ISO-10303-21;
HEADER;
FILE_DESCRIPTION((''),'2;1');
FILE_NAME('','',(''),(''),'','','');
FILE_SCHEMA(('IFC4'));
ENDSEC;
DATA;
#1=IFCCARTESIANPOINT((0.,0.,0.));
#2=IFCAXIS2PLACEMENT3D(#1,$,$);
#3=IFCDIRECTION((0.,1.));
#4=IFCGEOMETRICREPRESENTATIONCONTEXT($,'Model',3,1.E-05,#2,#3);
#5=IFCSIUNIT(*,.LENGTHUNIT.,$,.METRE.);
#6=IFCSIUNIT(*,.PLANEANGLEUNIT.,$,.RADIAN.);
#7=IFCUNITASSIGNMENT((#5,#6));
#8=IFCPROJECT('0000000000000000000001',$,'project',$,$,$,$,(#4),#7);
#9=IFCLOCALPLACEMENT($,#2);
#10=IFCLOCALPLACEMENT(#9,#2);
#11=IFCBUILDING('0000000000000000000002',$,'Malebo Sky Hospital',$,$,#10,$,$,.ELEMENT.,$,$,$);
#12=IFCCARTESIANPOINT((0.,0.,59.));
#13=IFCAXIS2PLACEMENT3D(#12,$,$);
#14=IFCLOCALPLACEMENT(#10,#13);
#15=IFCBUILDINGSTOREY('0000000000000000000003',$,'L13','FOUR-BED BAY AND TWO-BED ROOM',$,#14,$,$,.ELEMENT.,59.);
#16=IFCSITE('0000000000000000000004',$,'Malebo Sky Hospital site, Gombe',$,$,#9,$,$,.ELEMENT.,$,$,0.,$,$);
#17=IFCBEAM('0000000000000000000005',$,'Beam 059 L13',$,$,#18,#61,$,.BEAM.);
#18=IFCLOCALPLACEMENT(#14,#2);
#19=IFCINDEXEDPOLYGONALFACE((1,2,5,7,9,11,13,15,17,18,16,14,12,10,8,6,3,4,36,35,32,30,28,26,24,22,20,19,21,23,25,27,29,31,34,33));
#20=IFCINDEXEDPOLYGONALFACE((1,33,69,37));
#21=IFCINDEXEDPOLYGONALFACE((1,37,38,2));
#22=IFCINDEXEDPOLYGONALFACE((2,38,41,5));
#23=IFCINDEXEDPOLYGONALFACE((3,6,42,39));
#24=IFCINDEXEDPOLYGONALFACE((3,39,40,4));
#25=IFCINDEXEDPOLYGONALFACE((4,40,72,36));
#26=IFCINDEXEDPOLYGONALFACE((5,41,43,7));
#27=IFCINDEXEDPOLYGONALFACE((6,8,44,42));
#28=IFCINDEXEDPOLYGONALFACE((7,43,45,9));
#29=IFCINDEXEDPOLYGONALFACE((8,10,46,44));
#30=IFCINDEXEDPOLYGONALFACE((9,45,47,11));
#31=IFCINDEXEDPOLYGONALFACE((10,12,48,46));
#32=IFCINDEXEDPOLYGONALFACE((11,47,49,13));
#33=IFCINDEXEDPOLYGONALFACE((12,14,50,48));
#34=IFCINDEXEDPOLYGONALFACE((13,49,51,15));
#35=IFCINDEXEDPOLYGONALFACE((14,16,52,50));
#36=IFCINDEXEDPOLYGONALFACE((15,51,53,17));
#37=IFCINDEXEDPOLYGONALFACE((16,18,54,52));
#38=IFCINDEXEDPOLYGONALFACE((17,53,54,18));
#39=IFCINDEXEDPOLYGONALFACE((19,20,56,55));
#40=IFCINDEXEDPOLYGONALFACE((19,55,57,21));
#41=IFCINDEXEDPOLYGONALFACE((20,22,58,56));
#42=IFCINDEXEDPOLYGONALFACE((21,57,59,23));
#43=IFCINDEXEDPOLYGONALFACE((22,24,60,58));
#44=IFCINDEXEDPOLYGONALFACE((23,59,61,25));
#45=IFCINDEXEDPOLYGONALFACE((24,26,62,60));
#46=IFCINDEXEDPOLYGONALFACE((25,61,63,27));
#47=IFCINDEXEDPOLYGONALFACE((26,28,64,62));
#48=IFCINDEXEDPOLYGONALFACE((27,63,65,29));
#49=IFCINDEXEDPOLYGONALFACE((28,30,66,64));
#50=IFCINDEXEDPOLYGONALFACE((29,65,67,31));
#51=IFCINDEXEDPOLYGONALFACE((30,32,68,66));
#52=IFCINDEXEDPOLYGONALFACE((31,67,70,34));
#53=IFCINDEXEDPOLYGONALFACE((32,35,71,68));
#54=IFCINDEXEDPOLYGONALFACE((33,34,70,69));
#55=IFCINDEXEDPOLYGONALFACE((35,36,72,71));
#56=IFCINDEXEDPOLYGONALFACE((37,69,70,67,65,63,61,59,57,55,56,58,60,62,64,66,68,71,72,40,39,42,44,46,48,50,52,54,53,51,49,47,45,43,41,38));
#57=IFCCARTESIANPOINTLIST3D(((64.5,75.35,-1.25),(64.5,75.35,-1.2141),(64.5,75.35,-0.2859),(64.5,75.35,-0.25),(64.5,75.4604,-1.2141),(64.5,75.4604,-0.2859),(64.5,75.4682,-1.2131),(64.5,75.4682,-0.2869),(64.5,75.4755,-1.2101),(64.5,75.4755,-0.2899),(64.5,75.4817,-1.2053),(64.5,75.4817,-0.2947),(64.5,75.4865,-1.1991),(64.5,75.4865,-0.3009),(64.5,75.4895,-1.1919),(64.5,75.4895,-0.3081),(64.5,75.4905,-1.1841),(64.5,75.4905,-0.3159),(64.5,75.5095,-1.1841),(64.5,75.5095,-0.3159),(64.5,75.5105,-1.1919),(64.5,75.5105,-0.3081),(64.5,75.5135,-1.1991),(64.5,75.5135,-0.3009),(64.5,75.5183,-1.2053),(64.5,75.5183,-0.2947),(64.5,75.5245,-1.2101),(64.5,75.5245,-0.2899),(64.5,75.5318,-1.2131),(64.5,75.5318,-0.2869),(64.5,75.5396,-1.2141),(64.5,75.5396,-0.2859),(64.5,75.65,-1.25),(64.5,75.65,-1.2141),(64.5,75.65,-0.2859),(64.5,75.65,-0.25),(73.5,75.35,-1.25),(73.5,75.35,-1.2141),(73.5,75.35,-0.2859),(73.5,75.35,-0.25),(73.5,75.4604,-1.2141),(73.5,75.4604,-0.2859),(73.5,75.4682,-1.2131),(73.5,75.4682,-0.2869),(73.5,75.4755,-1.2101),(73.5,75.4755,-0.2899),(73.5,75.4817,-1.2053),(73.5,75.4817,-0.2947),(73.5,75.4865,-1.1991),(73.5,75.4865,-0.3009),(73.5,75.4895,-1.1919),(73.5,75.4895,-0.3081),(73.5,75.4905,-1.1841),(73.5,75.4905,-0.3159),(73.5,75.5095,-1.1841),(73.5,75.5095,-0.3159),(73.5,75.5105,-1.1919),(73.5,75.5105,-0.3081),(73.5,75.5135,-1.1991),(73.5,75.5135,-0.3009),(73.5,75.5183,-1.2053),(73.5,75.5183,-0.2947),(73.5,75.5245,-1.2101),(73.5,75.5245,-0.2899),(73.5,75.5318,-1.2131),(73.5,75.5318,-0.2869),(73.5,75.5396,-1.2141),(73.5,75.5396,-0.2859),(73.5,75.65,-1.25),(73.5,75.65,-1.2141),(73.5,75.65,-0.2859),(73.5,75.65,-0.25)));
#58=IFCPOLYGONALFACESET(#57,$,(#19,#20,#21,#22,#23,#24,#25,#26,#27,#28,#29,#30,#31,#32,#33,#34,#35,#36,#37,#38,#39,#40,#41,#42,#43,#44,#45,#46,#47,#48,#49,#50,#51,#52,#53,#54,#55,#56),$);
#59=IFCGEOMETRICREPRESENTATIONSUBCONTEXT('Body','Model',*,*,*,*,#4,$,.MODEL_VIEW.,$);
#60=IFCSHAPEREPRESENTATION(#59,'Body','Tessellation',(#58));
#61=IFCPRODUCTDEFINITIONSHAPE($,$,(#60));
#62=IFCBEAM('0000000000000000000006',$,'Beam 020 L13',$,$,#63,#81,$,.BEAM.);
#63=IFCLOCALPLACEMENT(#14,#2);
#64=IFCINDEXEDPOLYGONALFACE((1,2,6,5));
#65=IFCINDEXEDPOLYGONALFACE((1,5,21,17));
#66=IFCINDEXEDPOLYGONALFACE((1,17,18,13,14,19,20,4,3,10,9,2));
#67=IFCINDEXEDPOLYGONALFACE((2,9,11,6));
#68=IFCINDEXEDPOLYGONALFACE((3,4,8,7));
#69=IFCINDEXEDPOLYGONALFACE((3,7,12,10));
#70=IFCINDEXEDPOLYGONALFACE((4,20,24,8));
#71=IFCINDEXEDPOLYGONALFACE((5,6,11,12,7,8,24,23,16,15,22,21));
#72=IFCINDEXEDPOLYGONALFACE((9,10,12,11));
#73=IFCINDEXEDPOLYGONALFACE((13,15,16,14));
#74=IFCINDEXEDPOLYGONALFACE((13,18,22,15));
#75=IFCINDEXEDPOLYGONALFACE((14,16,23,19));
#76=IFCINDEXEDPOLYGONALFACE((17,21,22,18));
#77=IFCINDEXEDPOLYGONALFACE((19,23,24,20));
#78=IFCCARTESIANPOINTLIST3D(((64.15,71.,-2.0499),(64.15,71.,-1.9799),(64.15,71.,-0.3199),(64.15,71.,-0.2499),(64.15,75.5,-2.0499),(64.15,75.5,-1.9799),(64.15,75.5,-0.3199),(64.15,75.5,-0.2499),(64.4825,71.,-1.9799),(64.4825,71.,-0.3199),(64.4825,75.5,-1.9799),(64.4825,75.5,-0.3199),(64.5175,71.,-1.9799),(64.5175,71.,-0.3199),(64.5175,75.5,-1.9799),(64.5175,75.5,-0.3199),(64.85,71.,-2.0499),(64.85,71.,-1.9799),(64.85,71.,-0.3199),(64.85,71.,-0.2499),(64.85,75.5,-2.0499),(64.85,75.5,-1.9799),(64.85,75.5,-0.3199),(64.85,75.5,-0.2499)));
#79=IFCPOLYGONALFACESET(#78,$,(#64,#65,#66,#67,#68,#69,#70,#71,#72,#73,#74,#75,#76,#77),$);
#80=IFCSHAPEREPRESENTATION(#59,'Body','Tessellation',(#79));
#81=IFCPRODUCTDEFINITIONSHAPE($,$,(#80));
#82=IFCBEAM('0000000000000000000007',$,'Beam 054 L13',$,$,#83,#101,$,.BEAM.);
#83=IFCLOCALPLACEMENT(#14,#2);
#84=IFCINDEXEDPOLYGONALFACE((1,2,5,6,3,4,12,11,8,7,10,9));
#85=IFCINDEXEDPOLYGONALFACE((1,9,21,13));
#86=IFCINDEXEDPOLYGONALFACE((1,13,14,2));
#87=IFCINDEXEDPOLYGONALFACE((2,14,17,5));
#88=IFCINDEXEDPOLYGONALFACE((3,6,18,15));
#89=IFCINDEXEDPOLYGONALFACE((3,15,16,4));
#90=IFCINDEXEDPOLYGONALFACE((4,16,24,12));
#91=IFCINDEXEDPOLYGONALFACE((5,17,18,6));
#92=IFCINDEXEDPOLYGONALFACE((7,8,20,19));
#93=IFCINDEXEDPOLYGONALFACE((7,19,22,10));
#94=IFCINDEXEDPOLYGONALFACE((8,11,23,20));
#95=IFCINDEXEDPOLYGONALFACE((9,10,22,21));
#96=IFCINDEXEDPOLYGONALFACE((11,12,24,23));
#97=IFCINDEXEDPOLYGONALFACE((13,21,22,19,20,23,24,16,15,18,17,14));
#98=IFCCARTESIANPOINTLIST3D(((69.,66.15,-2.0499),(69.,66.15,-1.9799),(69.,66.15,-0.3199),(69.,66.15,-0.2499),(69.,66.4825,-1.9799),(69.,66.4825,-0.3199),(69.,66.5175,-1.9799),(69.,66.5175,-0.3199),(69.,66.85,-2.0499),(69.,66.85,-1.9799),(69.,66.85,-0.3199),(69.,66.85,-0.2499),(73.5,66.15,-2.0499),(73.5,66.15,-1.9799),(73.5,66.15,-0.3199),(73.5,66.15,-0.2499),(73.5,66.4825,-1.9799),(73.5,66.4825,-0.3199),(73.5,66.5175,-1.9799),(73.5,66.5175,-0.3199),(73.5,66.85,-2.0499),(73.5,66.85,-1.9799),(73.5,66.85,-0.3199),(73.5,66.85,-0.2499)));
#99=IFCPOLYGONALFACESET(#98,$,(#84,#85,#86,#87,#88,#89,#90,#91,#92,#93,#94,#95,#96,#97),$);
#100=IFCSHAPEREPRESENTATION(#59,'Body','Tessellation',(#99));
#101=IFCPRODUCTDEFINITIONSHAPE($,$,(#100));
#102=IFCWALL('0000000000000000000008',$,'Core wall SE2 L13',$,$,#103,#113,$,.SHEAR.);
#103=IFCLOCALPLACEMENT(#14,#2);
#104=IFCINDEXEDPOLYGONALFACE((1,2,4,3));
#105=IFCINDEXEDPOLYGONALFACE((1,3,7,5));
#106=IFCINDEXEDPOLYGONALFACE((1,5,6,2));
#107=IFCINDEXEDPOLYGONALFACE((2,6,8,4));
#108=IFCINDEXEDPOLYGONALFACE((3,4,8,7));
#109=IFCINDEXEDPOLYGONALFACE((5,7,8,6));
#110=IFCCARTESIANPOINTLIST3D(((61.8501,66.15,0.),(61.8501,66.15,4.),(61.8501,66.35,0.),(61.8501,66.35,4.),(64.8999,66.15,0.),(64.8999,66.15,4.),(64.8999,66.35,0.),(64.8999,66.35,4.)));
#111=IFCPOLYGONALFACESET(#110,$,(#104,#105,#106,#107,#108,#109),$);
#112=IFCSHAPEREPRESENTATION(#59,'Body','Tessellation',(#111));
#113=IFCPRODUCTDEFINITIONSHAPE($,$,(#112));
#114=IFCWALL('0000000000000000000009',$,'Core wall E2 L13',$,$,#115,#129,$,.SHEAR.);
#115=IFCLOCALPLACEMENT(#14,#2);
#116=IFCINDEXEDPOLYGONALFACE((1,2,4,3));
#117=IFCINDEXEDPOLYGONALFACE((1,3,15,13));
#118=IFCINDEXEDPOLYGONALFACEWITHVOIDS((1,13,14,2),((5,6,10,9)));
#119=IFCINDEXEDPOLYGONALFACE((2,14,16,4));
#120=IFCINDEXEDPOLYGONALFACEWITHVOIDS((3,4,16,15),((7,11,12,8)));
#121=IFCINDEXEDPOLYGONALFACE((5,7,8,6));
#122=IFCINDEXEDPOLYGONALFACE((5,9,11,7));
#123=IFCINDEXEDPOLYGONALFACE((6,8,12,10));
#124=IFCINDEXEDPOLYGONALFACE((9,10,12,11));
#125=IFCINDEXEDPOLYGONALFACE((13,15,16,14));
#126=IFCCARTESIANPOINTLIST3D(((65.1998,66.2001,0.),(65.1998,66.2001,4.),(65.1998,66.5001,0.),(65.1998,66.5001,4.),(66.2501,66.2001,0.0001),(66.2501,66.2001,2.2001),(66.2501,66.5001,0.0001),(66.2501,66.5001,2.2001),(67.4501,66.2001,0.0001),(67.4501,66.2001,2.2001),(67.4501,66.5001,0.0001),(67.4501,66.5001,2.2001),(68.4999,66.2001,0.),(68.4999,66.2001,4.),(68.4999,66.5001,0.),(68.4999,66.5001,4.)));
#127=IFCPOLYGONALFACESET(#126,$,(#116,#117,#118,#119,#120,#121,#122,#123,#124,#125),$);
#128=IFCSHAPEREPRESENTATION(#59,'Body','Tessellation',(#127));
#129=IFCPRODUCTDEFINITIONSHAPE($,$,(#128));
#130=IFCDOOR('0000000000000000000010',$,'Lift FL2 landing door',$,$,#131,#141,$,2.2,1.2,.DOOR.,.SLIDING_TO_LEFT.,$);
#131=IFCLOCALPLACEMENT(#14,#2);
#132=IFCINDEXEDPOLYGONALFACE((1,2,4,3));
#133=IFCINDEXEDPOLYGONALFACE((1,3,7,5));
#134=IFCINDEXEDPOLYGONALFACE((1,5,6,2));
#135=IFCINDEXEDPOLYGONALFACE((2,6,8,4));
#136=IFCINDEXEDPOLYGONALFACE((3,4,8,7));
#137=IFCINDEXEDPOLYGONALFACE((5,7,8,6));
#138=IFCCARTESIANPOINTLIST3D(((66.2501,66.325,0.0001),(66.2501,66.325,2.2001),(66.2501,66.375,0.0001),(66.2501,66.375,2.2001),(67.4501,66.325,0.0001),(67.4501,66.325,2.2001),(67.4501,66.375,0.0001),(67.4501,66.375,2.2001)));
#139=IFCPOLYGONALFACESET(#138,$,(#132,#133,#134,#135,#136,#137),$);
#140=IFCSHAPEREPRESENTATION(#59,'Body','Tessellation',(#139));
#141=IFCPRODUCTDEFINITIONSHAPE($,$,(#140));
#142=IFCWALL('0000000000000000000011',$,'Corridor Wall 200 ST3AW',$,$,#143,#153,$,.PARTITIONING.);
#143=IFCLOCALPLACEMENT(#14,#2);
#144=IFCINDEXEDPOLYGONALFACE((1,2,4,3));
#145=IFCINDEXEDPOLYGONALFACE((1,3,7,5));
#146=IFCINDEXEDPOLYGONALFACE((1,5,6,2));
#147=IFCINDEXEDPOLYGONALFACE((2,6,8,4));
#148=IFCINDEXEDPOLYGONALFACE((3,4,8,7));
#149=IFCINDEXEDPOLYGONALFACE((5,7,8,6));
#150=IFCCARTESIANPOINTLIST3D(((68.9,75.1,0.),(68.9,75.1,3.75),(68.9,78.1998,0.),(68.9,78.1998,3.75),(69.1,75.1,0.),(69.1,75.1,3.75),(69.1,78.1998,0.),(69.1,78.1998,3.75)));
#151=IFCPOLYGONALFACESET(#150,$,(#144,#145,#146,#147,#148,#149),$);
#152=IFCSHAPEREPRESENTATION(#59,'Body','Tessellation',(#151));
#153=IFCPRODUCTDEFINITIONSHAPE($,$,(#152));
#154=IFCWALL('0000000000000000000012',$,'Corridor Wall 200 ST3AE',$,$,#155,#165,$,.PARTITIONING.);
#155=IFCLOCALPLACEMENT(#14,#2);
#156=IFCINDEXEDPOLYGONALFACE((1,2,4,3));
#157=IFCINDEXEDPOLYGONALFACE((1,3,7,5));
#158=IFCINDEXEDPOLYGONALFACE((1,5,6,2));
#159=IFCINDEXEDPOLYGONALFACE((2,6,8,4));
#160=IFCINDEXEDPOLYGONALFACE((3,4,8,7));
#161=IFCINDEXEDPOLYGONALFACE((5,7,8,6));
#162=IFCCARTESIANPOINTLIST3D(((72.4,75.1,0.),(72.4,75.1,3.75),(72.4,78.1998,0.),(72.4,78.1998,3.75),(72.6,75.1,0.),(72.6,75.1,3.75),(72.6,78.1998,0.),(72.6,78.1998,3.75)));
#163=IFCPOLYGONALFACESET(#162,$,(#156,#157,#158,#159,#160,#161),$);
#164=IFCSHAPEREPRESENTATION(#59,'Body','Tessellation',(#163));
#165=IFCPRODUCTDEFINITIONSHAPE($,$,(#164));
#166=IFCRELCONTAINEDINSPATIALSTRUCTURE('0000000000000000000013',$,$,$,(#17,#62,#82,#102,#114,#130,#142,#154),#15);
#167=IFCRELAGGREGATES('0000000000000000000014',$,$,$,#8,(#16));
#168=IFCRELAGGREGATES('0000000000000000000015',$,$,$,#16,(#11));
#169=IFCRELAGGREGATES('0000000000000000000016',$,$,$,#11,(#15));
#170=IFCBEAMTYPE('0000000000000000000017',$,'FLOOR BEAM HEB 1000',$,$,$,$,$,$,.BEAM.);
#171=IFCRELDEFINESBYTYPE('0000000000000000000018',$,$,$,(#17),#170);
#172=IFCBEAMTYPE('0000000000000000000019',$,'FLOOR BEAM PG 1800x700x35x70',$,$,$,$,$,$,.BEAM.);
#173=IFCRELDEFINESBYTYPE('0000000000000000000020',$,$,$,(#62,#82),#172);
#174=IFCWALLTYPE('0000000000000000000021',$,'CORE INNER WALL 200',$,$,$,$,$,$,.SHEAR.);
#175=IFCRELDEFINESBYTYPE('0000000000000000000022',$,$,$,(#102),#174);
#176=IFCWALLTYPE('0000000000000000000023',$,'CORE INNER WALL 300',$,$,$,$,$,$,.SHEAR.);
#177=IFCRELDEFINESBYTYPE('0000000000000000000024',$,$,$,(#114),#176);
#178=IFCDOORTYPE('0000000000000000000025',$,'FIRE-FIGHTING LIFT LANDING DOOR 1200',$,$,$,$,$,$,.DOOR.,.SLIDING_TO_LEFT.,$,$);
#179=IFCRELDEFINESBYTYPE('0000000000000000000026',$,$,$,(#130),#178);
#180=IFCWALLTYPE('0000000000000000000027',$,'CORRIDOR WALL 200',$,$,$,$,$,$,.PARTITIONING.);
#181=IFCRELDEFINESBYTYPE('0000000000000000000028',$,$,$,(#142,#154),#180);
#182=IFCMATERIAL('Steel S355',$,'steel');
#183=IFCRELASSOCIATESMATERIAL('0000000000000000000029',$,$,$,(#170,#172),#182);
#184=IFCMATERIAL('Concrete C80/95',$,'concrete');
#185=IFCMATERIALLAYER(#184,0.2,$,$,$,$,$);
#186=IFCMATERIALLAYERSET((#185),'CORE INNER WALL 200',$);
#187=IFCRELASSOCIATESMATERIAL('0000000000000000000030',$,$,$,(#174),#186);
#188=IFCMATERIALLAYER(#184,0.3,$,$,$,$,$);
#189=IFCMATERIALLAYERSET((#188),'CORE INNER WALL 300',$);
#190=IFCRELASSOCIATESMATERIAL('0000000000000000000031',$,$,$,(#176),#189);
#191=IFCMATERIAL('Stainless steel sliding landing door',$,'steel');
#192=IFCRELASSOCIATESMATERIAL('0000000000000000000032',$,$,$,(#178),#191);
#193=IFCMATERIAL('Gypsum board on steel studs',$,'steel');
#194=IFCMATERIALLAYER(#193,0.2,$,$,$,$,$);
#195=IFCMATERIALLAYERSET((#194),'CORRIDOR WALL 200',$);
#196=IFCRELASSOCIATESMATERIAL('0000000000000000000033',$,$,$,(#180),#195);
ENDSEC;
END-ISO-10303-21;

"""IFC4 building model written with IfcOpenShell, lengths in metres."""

from ifc_helpers import new_model, si_unit, direction, frame, frame_2d, origin, origin_2d, place, context, subcontext, project, spatial, rectangle, i_section, extrude, material, layer, layer_set, material_profile, profile_set, type_object, element, fill, save


model = new_model("IFC4")

# Units and contexts
model_context = context("Model", 3, precision=1e-05, world=origin(), true_north=direction((0.0, 1.0)))
body_context = subcontext(model_context, "Body", "Model", "MODEL_VIEW")
ifc_project = project(units=[si_unit("LENGTHUNIT", "METRE"), si_unit("PLANEANGLEUNIT", "RADIAN")], contexts=[model_context])

# Site, building, storey
site_placement = place(None, origin())
site = spatial("IfcSite", under=ifc_project, at=site_placement, Name="Malebo Sky Hospital site, Gombe", CompositionType="ELEMENT", RefElevation=0.0)
building_placement = place(site_placement, origin())
building = spatial("IfcBuilding", under=site, at=building_placement, Name="Malebo Sky Hospital", CompositionType="ELEMENT")
storey_placement = place(building_placement, frame((0.0, 0.0, 59.0)))
storey = spatial("IfcBuildingStorey", under=building, at=storey_placement, Name="L13", Description="FOUR-BED BAY AND TWO-BED ROOM", CompositionType="ELEMENT", Elevation=59.0)

# Beams
ifc_material_1 = material(Name="Steel S355", Category="steel")
ifc_material_profile_1 = material_profile(ifc_material_1, i_section(OverallWidth=0.3, OverallDepth=1.0, WebThickness=0.019, FlangeThickness=0.0359, FilletRadius=0.03, at=origin_2d()), Name="HEB 1000")
ifc_profile_set_1 = profile_set([ifc_material_profile_1], Name="Steel S355")
beam_type_1 = type_object("IfcBeamType", Name="FLOOR BEAM HEB 1000", PredefinedType="BEAM", material=ifc_profile_set_1)
beam_1_placement = place(storey_placement, frame((64.5, 75.5, -0.75), z_axis=(1.0, 0.0, 0.0), x_axis=(0.0, 1.0, 0.0)))
element("IfcBeam", 1, at=beam_1_placement, inside=storey, type_object=beam_type_1, Name="Beam 059 L13", PredefinedType="BEAM", context=body_context, shape_type="SweptSolid", body=[
    extrude(i_section(OverallWidth=0.3, OverallDepth=1.0, WebThickness=0.019, FlangeThickness=0.0359, FilletRadius=0.03, at=origin_2d()), origin(), (0.0, 0.0, 1.0), 9.0),
])
ifc_material_profile_2 = material_profile(ifc_material_1, i_section(OverallWidth=0.7, OverallDepth=1.8, WebThickness=0.0349, FlangeThickness=0.0701, at=origin_2d()), Name="PG 1800x700x35x70")
ifc_profile_set_2 = profile_set([ifc_material_profile_2], Name="Steel S355")
beam_type_2 = type_object("IfcBeamType", Name="FLOOR BEAM PG 1800x700x35x70", PredefinedType="BEAM", material=ifc_profile_set_2)
for number, where, z_axis, x_axis, name in (
    (2, (64.5, 71.0, -1.1499), (0.0, 1.0, 0.0), (-1.0, 0.0, 0.0), "Beam 020 L13"),
    (3, (69.0, 66.5, -1.1499), (1.0, 0.0, 0.0), (0.0, 1.0, 0.0), "Beam 054 L13"),
):
    element("IfcBeam", number, at=place(storey_placement, frame(where, z_axis=z_axis, x_axis=x_axis)), inside=storey, type_object=beam_type_2, Name=name, PredefinedType="BEAM", context=body_context, shape_type="SweptSolid", body=[
        extrude(i_section(OverallWidth=0.7, OverallDepth=1.8, WebThickness=0.0349, FlangeThickness=0.0701, at=origin_2d()), origin(), (0.0, 0.0, 1.0), 4.5),
    ])

# Wall
ifc_material_2 = material(Name="Concrete C80/95", Category="concrete")
ifc_layer_1 = layer(ifc_material_2, 0.2)
ifc_layer_set_1 = layer_set([ifc_layer_1], Name="CORE INNER WALL 200")
wall_type_1 = type_object("IfcWallType", Name="CORE INNER WALL 200", PredefinedType="SHEAR", material=ifc_layer_set_1)
wall_1_placement = place(storey_placement, frame((61.8501, 66.25, 0.0), z_axis=(0.0, 0.0, 1.0), x_axis=(1.0, 0.0, 0.0)))
element("IfcWall", 4, at=wall_1_placement, inside=storey, type_object=wall_type_1, Name="Core wall SE2 L13", PredefinedType="SHEAR", context=body_context, shape_type="SweptSolid", body=[
    extrude(rectangle(XDim=3.0498, YDim=0.2, at=frame_2d((1.5249, 0.0))), origin(), (0.0, 0.0, 1.0), 4.0),
])

# Wall, opening, door
ifc_layer_2 = layer(ifc_material_2, 0.3)
ifc_layer_set_2 = layer_set([ifc_layer_2], Name="CORE INNER WALL 300")
wall_type_2 = type_object("IfcWallType", Name="CORE INNER WALL 300", PredefinedType="SHEAR", material=ifc_layer_set_2)
wall_2_placement = place(storey_placement, frame((65.2, 66.3501, 0.0), z_axis=(0.0, 0.0, 1.0), x_axis=(1.0, 0.0, 0.0)))
wall_2 = element("IfcWall", 5, at=wall_2_placement, inside=storey, type_object=wall_type_2, Name="Core wall E2 L13", PredefinedType="SHEAR", context=body_context, shape_type="SweptSolid", body=[
    extrude(rectangle(XDim=3.3, YDim=0.3, at=frame_2d((1.6499, 0.0))), origin(), (0.0, 0.0, 1.0), 4.0),
])
opening_1_placement = place(wall_2_placement, frame((1.05, 0.0, 0.0)))
opening_1 = element("IfcOpeningElement", 6, at=opening_1_placement, cuts=wall_2, PredefinedType="OPENING", context=body_context, shape_type="SweptSolid", body=[
    extrude(rectangle(XDim=1.2, YDim=2.2, at=frame_2d((0.6001, 1.1001))), frame((0.0, 0.1599, 0.0), z_axis=(0.0, -1.0, 0.0), x_axis=(1.0, 0.0, 0.0)), (0.0, 0.0, 1.0), 0.3201),
])
ifc_material_3 = material(Name="Stainless steel sliding landing door", Category="steel")
door_type_1 = type_object("IfcDoorType", Name="FIRE-FIGHTING LIFT LANDING DOOR 1200", OperationType="SLIDING_TO_LEFT", PredefinedType="DOOR", material=ifc_material_3)
door_1_placement = place(opening_1_placement, origin())
door_1 = element("IfcDoor", 7, at=door_1_placement, inside=storey, type_object=door_type_1, Name="Lift FL2 landing door", OperationType="SLIDING_TO_LEFT", OverallHeight=2.2, OverallWidth=1.2, PredefinedType="DOOR", context=body_context, shape_type="SweptSolid", body=[
    extrude(rectangle(XDim=1.2, YDim=2.2, at=frame_2d((0.6001, 1.1001))), frame((0.0, 0.0249, 0.0), z_axis=(0.0, -1.0, 0.0), x_axis=(1.0, 0.0, 0.0)), (0.0, 0.0, 1.0), 0.05),
])
fill(opening_1, door_1)

# Walls
ifc_material_4 = material(Name="Gypsum board on steel studs", Category="steel")
ifc_layer_3 = layer(ifc_material_4, 0.2)
ifc_layer_set_3 = layer_set([ifc_layer_3], Name="CORRIDOR WALL 200")
wall_type_3 = type_object("IfcWallType", Name="CORRIDOR WALL 200", PredefinedType="PARTITIONING", material=ifc_layer_set_3)
for number, where, z_axis, x_axis, name in (
    (8, (69.0, 75.1001, 0.0), (0.0, 0.0, 1.0), (0.0, 1.0, 0.0), "Corridor Wall 200 ST3AW"),
    (9, (72.5, 75.1001, 0.0), (0.0, 0.0, 1.0), (0.0, 1.0, 0.0), "Corridor Wall 200 ST3AE"),
):
    element("IfcWall", number, at=place(storey_placement, frame(where, z_axis=z_axis, x_axis=x_axis)), inside=storey, type_object=wall_type_3, Name=name, PredefinedType="PARTITIONING", context=body_context, shape_type="SweptSolid", body=[
        extrude(rectangle(XDim=3.0999, YDim=0.2, at=frame_2d((1.5498, 0.0))), origin(), (0.0, 0.0, 1.0), 3.75),
    ])

save(model, "model.ifc")
